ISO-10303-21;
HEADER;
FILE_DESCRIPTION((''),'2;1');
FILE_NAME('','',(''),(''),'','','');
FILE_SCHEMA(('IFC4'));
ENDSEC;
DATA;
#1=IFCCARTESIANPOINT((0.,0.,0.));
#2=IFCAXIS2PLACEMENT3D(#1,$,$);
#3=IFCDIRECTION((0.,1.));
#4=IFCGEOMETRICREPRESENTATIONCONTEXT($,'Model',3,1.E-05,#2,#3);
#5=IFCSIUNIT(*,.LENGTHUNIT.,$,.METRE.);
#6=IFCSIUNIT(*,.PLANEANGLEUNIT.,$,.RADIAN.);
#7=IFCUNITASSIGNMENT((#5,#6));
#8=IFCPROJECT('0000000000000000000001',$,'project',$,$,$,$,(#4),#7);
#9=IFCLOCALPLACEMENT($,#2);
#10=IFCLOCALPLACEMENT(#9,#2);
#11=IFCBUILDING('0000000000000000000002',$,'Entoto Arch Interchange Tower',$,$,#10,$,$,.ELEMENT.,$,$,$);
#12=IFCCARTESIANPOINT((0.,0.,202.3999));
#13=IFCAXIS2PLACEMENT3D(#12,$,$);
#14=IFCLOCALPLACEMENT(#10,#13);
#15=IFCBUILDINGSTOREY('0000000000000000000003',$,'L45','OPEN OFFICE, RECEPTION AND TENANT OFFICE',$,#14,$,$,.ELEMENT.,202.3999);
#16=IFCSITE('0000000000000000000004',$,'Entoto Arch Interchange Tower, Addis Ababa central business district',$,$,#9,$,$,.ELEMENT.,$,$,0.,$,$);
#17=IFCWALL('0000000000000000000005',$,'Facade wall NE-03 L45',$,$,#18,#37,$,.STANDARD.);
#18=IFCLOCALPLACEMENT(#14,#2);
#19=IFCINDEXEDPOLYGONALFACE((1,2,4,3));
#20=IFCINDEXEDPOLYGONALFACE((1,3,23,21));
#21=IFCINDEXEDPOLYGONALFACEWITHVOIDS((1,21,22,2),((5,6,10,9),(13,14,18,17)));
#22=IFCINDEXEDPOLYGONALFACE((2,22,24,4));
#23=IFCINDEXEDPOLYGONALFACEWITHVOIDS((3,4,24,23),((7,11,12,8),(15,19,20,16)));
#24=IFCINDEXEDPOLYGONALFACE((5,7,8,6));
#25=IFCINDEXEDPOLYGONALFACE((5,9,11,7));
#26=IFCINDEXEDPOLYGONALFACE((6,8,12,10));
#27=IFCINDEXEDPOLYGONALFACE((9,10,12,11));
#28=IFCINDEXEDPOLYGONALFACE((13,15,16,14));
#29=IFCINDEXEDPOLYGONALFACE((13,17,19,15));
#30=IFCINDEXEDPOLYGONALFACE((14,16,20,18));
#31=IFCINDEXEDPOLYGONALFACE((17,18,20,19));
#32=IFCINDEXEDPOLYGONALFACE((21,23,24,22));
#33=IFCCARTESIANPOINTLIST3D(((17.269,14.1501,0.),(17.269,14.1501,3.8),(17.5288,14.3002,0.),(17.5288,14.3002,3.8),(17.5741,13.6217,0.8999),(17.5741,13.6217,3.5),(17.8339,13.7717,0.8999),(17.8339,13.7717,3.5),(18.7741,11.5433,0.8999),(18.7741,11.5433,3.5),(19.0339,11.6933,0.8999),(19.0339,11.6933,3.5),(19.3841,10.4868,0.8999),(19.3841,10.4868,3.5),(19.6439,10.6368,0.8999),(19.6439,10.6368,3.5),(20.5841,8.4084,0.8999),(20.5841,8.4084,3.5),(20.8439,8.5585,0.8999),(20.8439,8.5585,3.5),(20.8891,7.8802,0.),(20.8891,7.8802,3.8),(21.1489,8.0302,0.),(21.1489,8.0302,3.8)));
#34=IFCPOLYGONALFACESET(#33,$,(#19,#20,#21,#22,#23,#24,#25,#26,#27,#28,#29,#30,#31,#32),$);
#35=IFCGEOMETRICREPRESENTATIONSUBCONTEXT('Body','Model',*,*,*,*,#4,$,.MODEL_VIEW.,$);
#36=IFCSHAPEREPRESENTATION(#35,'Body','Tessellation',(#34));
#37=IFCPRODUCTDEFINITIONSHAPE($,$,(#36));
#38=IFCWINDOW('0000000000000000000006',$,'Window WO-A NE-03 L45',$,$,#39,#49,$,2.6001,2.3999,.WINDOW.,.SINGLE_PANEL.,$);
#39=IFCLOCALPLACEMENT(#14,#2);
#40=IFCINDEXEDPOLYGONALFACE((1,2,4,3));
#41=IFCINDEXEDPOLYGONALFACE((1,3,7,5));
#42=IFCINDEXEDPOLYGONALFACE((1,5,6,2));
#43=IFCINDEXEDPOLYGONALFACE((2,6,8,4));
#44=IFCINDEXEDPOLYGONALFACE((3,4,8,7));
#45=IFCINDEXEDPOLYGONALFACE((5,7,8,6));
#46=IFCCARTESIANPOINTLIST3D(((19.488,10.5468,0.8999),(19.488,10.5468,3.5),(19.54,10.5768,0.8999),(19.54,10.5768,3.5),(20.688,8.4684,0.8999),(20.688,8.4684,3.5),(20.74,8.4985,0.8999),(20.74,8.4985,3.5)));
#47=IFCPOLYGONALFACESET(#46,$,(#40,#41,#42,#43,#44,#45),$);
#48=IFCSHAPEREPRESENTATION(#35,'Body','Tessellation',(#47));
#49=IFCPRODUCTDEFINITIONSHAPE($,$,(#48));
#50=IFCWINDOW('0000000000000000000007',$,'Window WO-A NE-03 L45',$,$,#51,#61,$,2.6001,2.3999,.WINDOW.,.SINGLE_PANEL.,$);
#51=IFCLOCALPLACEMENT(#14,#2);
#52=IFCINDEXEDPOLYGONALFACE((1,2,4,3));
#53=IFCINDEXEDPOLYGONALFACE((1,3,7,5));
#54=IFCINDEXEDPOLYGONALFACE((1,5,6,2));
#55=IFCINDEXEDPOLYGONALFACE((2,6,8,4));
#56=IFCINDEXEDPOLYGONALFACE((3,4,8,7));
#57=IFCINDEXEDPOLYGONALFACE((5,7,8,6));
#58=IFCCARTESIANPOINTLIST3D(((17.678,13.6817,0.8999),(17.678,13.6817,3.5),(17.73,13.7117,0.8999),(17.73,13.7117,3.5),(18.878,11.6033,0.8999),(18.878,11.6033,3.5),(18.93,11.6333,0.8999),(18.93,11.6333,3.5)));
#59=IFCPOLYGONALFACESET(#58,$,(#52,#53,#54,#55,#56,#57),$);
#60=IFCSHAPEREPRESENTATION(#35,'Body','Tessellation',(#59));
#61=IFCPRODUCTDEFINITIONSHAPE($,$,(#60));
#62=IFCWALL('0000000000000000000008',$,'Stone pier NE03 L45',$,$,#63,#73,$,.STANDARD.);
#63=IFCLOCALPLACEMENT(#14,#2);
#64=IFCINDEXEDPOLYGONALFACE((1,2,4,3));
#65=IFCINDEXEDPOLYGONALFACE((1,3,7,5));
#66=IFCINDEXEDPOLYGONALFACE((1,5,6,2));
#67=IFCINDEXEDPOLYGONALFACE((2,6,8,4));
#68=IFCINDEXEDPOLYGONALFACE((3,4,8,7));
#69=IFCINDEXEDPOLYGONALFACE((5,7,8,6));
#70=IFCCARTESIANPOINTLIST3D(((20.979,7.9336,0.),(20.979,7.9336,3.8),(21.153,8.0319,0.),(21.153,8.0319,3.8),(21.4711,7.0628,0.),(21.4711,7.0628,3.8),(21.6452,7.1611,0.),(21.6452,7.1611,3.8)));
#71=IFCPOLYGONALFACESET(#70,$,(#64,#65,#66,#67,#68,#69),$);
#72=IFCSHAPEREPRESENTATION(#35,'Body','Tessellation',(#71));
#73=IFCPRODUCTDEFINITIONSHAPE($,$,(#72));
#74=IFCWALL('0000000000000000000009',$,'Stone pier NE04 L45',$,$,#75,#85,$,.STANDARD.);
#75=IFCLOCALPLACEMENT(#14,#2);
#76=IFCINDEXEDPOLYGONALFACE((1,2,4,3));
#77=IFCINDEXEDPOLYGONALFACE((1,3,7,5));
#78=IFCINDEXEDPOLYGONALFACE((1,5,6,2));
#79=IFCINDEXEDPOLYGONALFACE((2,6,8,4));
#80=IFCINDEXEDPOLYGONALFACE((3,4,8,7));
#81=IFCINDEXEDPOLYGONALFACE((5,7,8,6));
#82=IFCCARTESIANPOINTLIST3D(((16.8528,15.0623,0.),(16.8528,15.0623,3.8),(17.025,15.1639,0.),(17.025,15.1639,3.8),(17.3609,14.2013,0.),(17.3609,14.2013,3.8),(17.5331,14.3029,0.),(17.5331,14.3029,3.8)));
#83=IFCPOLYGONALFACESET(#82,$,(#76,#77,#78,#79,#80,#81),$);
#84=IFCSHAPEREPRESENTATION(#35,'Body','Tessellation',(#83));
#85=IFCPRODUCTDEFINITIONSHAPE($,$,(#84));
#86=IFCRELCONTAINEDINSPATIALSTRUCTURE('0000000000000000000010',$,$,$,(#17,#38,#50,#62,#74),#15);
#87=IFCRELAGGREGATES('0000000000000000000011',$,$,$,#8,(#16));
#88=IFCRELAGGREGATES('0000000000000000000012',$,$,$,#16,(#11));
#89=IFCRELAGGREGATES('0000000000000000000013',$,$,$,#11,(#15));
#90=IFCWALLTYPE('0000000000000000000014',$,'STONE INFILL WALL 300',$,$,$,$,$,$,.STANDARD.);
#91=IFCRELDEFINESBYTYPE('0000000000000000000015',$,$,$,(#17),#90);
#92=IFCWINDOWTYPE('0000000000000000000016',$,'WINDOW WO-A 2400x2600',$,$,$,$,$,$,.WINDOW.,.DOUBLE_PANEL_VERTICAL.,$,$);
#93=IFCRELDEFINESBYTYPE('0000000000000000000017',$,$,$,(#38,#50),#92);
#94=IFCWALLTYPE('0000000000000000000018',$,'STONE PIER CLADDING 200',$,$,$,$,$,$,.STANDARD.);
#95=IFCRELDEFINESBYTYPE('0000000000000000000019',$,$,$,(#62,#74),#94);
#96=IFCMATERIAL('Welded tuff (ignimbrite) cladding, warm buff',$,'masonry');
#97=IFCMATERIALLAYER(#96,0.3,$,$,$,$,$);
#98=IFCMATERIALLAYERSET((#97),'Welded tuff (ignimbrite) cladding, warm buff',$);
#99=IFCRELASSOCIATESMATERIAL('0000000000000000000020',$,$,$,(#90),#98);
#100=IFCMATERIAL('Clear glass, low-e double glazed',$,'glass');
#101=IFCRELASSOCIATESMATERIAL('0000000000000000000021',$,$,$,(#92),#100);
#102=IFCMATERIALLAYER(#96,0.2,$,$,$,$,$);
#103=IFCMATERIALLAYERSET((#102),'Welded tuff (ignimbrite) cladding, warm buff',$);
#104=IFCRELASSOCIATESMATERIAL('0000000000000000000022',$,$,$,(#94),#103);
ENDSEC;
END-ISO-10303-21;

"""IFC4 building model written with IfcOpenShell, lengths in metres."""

from ifc_helpers import new_model, si_unit, direction, frame, frame_2d, origin, place, context, subcontext, project, spatial, rectangle, extrude, material, layer, layer_set, type_object, element, fill, save


model = new_model("IFC4")

# Units and contexts
model_context = context("Model", 3, precision=1e-05, world=origin(), true_north=direction((0.0, 1.0)))
body_context = subcontext(model_context, "Body", "Model", "MODEL_VIEW")
ifc_project = project(units=[si_unit("LENGTHUNIT", "METRE"), si_unit("PLANEANGLEUNIT", "RADIAN")], contexts=[model_context])

# Site, building, storey
site_placement = place(None, origin())
site = spatial("IfcSite", under=ifc_project, at=site_placement, Name="Entoto Arch Interchange Tower, Addis Ababa central business district", CompositionType="ELEMENT", RefElevation=0.0)
building_placement = place(site_placement, origin())
building = spatial("IfcBuilding", under=site, at=building_placement, Name="Entoto Arch Interchange Tower", CompositionType="ELEMENT")
storey_placement = place(building_placement, frame((0.0, 0.0, 202.3999)))
storey = spatial("IfcBuildingStorey", under=building, at=storey_placement, Name="L45", Description="OPEN OFFICE, RECEPTION AND TENANT OFFICE", CompositionType="ELEMENT", Elevation=202.3999)

# Wall, openings, windows
ifc_material_1 = material(Name="Welded tuff (ignimbrite) cladding, warm buff", Category="masonry")
ifc_layer_1 = layer(ifc_material_1, 0.3)
ifc_layer_set_1 = layer_set([ifc_layer_1], Name="Welded tuff (ignimbrite) cladding, warm buff")
wall_type_1 = type_object("IfcWallType", Name="STONE INFILL WALL 300", PredefinedType="STANDARD", material=ifc_layer_set_1)
wall_1_placement = place(storey_placement, frame((21.019, 7.9551, 0.0), z_axis=(0.0, 0.0, 1.0), x_axis=(-0.500012, 0.866018, 0.0)))
wall_1 = element("IfcWall", 1, at=wall_1_placement, inside=storey, type_object=wall_type_1, Name="Facade wall NE-03 L45", PredefinedType="STANDARD", context=body_context, shape_type="SweptSolid", body=[
    extrude(rectangle(XDim=7.24, YDim=0.3, at=frame_2d((3.6201, 0.0))), origin(), (0.0, 0.0, 1.0), 3.8),
])
opening_1_placement = place(wall_1_placement, frame((0.6101, 0.0, 0.8999)))
opening_1 = element("IfcOpeningElement", 2, at=opening_1_placement, cuts=wall_1, PredefinedType="OPENING", context=body_context, shape_type="SweptSolid", body=[
    extrude(rectangle(XDim=2.3999, YDim=2.6001, at=frame_2d((1.2, 1.3))), frame((0.0, 0.1602, 0.0), z_axis=(0.0, -1.0, 0.0), x_axis=(1.0, 0.0, 0.0)), (0.0, 0.0, 1.0), 0.3201),
])
opening_2_placement = place(wall_1_placement, frame((4.23, 0.0, 0.8999)))
opening_2 = element("IfcOpeningElement", 3, at=opening_2_placement, cuts=wall_1, PredefinedType="OPENING", context=body_context, shape_type="SweptSolid", body=[
    extrude(rectangle(XDim=2.3999, YDim=2.6001, at=frame_2d((1.2, 1.3))), frame((0.0, 0.1602, 0.0), z_axis=(0.0, -1.0, 0.0), x_axis=(1.0, 0.0, 0.0)), (0.0, 0.0, 1.0), 0.3201),
])
ifc_material_2 = material(Name="Clear glass, low-e double glazed", Category="glass")
window_type = type_object("IfcWindowType", Name="WINDOW WO-A 2400x2600", PartitioningType="DOUBLE_PANEL_VERTICAL", PredefinedType="WINDOW", material=ifc_material_2)
window_1_placement = place(opening_1_placement, origin())
window_1 = element("IfcWindow", 4, at=window_1_placement, inside=storey, type_object=window_type, Name="Window WO-A NE-03 L45", OverallHeight=2.6001, OverallWidth=2.3999, PartitioningType="SINGLE_PANEL", PredefinedType="WINDOW", context=body_context, shape_type="SweptSolid", body=[
    extrude(rectangle(XDim=2.3999, YDim=2.6001, at=frame_2d((1.2, 1.3))), frame((0.0, 0.03, 0.0), z_axis=(0.0, -1.0, 0.0), x_axis=(1.0, 0.0, 0.0)), (0.0, 0.0, 1.0), 0.0601),
])
fill(opening_1, window_1)
window_2_placement = place(opening_2_placement, origin())
window_2 = element("IfcWindow", 5, at=window_2_placement, inside=storey, type_object=window_type, Name="Window WO-A NE-03 L45", OverallHeight=2.6001, OverallWidth=2.3999, PartitioningType="SINGLE_PANEL", PredefinedType="WINDOW", context=body_context, shape_type="SweptSolid", body=[
    extrude(rectangle(XDim=2.3999, YDim=2.6001, at=frame_2d((1.2, 1.3))), frame((0.0, 0.03, 0.0), z_axis=(0.0, -1.0, 0.0), x_axis=(1.0, 0.0, 0.0)), (0.0, 0.0, 1.0), 0.0601),
])
fill(opening_2, window_2)

# Walls
ifc_layer_2 = layer(ifc_material_1, 0.2)
ifc_layer_set_2 = layer_set([ifc_layer_2], Name="Welded tuff (ignimbrite) cladding, warm buff")
wall_type_2 = type_object("IfcWallType", Name="STONE PIER CLADDING 200", PredefinedType="STANDARD", material=ifc_layer_set_2)
wall_2_placement = place(storey_placement, frame((21.5581, 7.1121, 0.0), z_axis=(0.0, 0.0, 1.0), x_axis=(-0.492033, 0.870576, 0.0)))
element("IfcWall", 6, at=wall_2_placement, inside=storey, type_object=wall_type_2, Name="Stone pier NE03 L45", PredefinedType="STANDARD", context=body_context, shape_type="SweptSolid", body=[
    extrude(rectangle(XDim=1.0002, YDim=0.2, at=frame_2d((0.5, 0.0))), origin(), (0.0, 0.0, 1.0), 3.8),
])
wall_3_placement = place(storey_placement, frame((17.447, 14.252, 0.0), z_axis=(0.0, 0.0, 1.0), x_axis=(-0.508162, 0.861262, 0.0)))
element("IfcWall", 7, at=wall_3_placement, inside=storey, type_object=wall_type_2, Name="Stone pier NE04 L45", PredefinedType="STANDARD", context=body_context, shape_type="SweptSolid", body=[
    extrude(rectangle(XDim=0.9998, YDim=0.2, at=frame_2d((0.5, 0.0))), origin(), (0.0, 0.0, 1.0), 3.8),
])

save(model, "model.ifc")
